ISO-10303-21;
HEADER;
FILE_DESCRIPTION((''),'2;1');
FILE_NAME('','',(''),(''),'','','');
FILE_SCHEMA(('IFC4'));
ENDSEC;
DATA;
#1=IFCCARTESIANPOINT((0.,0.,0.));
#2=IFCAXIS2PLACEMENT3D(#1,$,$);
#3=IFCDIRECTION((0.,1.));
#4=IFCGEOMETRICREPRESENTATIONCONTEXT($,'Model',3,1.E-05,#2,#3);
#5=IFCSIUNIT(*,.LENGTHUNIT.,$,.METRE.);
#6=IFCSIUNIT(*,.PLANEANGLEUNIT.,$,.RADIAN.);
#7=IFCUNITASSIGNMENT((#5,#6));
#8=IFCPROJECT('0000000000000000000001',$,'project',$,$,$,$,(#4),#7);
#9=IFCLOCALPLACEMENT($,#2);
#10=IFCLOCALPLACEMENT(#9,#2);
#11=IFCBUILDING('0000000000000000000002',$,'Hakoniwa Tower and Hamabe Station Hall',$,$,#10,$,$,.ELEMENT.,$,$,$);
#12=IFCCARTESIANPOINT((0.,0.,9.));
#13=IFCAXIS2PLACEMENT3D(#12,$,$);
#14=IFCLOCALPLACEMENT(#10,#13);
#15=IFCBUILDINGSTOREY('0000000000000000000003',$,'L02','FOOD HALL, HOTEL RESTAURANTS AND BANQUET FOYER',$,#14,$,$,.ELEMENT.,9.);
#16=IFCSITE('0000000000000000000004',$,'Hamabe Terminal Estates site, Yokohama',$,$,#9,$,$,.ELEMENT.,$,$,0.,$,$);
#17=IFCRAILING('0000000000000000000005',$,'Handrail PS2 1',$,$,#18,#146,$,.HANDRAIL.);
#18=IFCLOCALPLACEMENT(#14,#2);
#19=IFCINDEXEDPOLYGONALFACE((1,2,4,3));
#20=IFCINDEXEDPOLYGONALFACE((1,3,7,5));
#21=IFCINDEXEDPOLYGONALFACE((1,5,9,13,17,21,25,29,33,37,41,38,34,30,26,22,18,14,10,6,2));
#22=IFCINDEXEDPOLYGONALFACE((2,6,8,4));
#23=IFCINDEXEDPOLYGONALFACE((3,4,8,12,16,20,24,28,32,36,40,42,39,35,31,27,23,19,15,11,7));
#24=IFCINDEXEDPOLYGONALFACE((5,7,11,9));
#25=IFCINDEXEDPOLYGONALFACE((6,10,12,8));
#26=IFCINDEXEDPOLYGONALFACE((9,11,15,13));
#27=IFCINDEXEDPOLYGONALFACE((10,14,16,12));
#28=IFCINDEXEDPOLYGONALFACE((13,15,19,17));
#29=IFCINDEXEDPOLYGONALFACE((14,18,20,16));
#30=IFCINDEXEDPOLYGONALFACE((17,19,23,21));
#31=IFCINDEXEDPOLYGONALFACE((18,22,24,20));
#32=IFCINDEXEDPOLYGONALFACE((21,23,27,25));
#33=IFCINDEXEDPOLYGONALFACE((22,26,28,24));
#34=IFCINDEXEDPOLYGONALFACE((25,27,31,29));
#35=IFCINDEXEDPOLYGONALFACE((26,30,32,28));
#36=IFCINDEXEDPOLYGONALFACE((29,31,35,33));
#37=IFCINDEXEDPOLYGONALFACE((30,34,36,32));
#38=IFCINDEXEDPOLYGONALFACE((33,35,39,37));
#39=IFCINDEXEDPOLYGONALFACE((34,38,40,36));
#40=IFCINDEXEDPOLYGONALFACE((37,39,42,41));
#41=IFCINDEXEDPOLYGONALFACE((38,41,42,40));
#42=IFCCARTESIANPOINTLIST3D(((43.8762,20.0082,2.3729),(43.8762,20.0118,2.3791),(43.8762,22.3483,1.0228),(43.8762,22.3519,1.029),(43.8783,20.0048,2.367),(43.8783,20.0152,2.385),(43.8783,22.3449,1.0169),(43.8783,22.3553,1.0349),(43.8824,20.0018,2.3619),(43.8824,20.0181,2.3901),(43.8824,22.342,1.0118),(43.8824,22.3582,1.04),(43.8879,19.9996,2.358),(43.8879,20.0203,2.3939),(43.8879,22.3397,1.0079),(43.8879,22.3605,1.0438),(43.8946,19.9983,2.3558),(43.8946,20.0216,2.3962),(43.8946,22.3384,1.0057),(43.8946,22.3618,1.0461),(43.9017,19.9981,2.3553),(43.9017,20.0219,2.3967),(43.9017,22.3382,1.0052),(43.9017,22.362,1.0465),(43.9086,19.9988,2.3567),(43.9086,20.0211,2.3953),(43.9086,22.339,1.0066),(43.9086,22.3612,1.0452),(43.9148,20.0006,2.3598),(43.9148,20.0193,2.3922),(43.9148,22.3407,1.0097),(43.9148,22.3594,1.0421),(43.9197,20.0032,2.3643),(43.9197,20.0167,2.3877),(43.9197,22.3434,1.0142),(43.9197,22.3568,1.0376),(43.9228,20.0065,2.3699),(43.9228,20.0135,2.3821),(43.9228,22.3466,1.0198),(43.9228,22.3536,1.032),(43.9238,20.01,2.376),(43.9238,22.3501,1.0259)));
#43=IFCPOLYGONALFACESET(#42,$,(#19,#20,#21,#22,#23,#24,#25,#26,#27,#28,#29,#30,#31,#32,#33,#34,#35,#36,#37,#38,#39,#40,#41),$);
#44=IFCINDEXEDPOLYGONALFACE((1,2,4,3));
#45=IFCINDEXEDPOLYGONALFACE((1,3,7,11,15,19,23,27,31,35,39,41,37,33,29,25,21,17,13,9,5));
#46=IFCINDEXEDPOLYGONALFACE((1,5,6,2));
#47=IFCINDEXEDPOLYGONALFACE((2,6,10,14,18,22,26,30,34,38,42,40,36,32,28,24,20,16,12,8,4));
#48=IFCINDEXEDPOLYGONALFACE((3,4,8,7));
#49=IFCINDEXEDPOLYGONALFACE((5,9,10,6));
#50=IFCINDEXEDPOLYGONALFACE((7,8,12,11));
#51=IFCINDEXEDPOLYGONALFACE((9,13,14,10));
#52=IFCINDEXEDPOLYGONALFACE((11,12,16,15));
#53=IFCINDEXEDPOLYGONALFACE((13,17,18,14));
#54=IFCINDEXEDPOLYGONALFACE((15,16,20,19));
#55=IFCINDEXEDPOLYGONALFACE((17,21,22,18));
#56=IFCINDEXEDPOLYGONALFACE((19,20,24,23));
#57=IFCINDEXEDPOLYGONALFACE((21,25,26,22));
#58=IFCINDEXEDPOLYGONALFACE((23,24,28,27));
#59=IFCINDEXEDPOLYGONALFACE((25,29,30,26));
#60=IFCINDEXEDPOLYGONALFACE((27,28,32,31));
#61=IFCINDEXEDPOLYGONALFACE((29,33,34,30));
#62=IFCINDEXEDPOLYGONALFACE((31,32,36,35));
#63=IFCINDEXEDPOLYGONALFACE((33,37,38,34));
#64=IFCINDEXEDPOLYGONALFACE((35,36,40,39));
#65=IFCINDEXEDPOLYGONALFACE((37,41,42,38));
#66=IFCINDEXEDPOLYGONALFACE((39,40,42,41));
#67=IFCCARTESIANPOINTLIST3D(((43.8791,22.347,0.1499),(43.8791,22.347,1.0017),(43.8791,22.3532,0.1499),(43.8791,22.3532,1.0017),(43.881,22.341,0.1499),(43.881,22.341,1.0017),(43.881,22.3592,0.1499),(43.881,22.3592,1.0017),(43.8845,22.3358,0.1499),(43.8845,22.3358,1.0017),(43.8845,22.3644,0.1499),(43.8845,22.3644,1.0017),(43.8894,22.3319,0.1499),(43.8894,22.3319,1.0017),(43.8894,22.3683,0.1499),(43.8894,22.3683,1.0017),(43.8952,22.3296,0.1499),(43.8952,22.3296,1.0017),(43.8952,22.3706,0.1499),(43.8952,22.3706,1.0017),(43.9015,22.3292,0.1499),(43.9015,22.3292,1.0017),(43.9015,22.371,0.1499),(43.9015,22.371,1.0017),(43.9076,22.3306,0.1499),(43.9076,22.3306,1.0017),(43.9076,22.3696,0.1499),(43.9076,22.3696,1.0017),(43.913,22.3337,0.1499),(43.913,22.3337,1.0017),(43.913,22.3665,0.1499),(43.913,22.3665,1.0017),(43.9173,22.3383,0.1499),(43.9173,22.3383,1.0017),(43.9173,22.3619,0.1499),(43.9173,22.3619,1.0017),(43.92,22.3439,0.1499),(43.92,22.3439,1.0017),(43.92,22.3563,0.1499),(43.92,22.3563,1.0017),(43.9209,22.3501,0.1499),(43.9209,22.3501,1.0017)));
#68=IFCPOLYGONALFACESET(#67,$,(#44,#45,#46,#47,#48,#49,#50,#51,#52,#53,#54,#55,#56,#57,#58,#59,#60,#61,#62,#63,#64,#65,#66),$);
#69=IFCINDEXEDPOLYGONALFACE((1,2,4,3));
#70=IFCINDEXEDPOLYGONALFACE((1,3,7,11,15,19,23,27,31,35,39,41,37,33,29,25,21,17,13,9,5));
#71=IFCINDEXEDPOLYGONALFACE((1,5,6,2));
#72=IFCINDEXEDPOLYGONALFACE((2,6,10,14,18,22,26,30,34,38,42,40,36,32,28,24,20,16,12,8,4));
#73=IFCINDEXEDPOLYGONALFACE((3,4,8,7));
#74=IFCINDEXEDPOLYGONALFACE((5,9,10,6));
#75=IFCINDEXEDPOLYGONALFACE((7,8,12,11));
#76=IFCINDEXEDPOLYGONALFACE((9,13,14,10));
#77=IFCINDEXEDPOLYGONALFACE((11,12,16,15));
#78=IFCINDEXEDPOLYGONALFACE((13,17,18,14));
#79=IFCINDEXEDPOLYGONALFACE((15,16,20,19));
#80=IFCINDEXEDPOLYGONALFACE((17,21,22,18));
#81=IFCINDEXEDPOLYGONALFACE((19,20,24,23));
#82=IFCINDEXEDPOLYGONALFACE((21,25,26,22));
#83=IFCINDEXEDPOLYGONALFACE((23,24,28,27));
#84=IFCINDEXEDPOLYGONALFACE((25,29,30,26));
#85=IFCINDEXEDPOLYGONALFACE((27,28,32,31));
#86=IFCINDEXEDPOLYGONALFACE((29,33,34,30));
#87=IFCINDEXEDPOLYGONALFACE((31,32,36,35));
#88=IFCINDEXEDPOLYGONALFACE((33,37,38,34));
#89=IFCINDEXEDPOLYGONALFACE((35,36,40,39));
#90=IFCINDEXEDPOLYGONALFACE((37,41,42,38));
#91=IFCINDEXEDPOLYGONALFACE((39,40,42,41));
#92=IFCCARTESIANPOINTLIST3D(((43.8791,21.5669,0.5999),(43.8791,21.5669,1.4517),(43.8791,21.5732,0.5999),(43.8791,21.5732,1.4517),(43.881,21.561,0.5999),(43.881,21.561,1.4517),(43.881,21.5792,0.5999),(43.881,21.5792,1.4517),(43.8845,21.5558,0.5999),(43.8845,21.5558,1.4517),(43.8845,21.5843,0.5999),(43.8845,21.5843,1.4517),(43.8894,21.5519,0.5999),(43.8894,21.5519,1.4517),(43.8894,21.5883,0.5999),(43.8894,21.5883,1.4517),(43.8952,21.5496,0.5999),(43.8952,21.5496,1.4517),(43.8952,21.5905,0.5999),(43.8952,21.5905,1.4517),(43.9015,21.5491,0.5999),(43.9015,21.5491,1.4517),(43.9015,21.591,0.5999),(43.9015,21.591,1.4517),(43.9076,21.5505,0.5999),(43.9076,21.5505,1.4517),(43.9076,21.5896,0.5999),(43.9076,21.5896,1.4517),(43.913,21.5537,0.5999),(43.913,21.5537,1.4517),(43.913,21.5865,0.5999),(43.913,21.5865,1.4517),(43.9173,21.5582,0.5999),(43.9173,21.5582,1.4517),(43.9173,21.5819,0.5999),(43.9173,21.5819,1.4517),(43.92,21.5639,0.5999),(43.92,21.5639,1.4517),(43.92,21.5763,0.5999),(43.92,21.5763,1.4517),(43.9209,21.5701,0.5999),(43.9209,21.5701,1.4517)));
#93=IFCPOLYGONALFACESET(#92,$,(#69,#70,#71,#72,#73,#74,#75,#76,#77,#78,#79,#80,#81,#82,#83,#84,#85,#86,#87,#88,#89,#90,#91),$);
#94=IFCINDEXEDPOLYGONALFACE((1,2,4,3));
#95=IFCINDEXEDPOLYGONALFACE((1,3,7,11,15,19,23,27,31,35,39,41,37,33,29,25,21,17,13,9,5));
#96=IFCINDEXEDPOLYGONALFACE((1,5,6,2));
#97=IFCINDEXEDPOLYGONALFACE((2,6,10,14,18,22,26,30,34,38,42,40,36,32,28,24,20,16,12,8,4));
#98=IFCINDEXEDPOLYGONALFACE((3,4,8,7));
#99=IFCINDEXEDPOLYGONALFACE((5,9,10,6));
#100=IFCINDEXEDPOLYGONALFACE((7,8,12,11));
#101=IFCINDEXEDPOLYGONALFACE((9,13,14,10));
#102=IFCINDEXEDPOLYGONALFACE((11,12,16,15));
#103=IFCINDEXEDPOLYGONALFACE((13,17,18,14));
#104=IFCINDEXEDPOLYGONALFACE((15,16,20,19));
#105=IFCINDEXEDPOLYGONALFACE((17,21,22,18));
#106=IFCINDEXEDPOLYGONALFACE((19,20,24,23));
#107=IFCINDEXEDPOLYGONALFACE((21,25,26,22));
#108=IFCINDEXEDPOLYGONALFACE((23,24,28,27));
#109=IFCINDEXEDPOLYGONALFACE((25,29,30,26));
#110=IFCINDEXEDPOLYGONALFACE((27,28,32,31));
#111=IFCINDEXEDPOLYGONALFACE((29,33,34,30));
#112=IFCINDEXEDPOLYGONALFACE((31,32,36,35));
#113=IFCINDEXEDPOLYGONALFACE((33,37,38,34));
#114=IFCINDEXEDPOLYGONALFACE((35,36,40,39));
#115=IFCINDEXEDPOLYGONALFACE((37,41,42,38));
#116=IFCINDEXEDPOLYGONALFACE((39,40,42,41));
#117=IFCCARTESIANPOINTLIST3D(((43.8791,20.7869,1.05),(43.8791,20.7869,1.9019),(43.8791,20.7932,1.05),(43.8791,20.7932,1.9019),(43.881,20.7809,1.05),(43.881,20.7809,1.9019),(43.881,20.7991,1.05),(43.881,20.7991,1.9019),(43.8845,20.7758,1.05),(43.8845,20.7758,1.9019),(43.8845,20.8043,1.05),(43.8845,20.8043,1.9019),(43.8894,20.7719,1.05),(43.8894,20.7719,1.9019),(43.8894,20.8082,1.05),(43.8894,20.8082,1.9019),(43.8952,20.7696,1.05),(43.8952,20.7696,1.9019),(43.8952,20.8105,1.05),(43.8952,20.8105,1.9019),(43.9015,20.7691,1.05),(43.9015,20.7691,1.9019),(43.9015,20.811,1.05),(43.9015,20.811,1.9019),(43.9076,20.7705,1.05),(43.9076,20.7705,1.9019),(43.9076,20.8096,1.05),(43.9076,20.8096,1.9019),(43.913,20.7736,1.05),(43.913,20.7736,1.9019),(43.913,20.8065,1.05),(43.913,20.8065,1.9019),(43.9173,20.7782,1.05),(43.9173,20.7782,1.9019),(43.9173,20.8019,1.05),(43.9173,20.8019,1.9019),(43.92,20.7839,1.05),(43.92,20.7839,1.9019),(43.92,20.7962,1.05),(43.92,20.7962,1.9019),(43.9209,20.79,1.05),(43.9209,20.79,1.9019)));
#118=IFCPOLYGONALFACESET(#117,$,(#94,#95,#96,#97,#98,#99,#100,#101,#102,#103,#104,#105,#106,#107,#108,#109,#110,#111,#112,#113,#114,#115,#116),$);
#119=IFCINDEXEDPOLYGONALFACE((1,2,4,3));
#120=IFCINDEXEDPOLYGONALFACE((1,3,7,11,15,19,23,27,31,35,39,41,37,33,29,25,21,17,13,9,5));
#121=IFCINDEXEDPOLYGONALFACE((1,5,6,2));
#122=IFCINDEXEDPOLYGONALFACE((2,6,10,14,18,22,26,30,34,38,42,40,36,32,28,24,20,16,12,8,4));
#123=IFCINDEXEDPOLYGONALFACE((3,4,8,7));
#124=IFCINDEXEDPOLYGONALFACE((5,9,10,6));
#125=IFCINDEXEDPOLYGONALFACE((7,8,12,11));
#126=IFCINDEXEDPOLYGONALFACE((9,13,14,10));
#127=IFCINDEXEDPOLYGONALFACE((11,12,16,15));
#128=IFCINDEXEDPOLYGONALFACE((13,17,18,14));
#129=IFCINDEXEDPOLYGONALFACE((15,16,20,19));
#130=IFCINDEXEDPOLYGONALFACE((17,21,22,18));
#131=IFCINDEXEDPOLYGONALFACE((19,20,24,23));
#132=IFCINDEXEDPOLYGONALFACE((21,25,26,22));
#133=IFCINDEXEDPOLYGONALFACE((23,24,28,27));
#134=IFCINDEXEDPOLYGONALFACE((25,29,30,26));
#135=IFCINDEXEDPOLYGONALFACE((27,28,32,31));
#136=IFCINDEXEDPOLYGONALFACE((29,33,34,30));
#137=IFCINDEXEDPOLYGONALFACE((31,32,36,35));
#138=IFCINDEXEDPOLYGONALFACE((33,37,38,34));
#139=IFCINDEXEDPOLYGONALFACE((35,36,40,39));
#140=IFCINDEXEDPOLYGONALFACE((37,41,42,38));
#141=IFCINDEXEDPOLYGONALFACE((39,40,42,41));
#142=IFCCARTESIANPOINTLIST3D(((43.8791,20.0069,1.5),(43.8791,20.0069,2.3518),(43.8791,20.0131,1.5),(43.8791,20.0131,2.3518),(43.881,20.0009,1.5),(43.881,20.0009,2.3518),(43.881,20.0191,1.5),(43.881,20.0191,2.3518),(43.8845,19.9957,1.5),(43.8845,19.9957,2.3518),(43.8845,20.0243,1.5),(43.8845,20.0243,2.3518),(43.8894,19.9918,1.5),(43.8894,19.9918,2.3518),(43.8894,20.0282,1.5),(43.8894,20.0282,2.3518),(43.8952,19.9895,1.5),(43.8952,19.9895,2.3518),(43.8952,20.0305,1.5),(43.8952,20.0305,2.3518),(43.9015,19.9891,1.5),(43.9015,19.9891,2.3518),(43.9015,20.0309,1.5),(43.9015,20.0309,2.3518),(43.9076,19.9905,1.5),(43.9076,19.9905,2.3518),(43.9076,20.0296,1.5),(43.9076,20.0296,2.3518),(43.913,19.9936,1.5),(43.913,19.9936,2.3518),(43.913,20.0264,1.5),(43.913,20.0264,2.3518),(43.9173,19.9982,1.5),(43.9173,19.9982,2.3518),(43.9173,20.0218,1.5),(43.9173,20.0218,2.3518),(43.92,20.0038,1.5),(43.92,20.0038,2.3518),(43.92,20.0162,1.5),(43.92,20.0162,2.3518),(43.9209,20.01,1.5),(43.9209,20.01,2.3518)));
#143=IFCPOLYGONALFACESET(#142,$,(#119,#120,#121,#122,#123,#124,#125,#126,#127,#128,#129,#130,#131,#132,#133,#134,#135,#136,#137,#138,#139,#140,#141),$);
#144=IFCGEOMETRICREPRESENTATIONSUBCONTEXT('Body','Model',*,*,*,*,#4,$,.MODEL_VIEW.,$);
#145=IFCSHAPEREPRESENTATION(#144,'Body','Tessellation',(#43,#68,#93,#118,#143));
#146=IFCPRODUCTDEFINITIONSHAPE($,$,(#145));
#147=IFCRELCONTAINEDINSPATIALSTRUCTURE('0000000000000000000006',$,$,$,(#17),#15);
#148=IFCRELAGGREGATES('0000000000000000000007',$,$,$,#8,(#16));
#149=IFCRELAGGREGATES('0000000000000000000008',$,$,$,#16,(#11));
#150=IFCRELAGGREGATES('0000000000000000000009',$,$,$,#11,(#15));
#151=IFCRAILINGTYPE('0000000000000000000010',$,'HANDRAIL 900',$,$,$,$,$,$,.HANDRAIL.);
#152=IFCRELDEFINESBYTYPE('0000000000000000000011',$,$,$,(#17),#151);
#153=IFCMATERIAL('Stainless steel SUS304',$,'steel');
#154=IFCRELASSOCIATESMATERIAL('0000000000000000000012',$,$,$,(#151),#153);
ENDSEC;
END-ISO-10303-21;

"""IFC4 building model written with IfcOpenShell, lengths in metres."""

from ifc_helpers import new_model, si_unit, direction, frame, origin, origin_2d, place, context, subcontext, project, spatial, circle, extrude, material, type_object, element, save


model = new_model("IFC4")

# Units and contexts
model_context = context("Model", 3, precision=1e-05, world=origin(), true_north=direction((0.0, 1.0)))
body_context = subcontext(model_context, "Body", "Model", "MODEL_VIEW")
ifc_project = project(units=[si_unit("LENGTHUNIT", "METRE"), si_unit("PLANEANGLEUNIT", "RADIAN")], contexts=[model_context])

# Site, building, storey
site_placement = place(None, origin())
site = spatial("IfcSite", under=ifc_project, at=site_placement, Name="Hamabe Terminal Estates site, Yokohama", CompositionType="ELEMENT", RefElevation=0.0)
building_placement = place(site_placement, origin())
building = spatial("IfcBuilding", under=site, at=building_placement, Name="Hakoniwa Tower and Hamabe Station Hall", CompositionType="ELEMENT")
storey_placement = place(building_placement, frame((0.0, 0.0, 9.0)))
storey = spatial("IfcBuildingStorey", under=building, at=storey_placement, Name="L02", Description="FOOD HALL, HOTEL RESTAURANTS AND BANQUET FOYER", CompositionType="ELEMENT", Elevation=9.0)

# Railing
ifc_material_1 = material(Name="Stainless steel SUS304", Category="steel")
railing_type_1 = type_object("IfcRailingType", Name="HANDRAIL 900", PredefinedType="HANDRAIL", material=ifc_material_1)
for number, where, name in (
    (1, (43.8999, 22.3501, 0.1499), "Handrail PS2 1"),
):
    element("IfcRailing", number, at=place(storey_placement, frame(where)), inside=storey, type_object=railing_type_1, Name=name, PredefinedType="HANDRAIL", context=body_context, shape_type="SweptSolid", body=[
        extrude(circle(Radius=0.0239, at=origin_2d()), frame((0.0, 0.0, 0.876), z_axis=(0.0, -0.866178, 0.499735), x_axis=(1.0, 0.0, 0.0)), (0.0, 0.0, 1.0), 2.7017),
        extrude(circle(Radius=0.021, at=origin_2d()), origin(), (0.0, 0.0, 1.0), 0.8518),
        extrude(circle(Radius=0.021, at=origin_2d()), frame((0.0, -0.78, 0.45)), (0.0, 0.0, 1.0), 0.8518),
        extrude(circle(Radius=0.021, at=origin_2d()), frame((0.0, -1.5601, 0.9001)), (0.0, 0.0, 1.0), 0.8518),
        extrude(circle(Radius=0.021, at=origin_2d()), frame((0.0, -2.3401, 1.3501)), (0.0, 0.0, 1.0), 0.8518),
    ])

save(model, "model.ifc")
